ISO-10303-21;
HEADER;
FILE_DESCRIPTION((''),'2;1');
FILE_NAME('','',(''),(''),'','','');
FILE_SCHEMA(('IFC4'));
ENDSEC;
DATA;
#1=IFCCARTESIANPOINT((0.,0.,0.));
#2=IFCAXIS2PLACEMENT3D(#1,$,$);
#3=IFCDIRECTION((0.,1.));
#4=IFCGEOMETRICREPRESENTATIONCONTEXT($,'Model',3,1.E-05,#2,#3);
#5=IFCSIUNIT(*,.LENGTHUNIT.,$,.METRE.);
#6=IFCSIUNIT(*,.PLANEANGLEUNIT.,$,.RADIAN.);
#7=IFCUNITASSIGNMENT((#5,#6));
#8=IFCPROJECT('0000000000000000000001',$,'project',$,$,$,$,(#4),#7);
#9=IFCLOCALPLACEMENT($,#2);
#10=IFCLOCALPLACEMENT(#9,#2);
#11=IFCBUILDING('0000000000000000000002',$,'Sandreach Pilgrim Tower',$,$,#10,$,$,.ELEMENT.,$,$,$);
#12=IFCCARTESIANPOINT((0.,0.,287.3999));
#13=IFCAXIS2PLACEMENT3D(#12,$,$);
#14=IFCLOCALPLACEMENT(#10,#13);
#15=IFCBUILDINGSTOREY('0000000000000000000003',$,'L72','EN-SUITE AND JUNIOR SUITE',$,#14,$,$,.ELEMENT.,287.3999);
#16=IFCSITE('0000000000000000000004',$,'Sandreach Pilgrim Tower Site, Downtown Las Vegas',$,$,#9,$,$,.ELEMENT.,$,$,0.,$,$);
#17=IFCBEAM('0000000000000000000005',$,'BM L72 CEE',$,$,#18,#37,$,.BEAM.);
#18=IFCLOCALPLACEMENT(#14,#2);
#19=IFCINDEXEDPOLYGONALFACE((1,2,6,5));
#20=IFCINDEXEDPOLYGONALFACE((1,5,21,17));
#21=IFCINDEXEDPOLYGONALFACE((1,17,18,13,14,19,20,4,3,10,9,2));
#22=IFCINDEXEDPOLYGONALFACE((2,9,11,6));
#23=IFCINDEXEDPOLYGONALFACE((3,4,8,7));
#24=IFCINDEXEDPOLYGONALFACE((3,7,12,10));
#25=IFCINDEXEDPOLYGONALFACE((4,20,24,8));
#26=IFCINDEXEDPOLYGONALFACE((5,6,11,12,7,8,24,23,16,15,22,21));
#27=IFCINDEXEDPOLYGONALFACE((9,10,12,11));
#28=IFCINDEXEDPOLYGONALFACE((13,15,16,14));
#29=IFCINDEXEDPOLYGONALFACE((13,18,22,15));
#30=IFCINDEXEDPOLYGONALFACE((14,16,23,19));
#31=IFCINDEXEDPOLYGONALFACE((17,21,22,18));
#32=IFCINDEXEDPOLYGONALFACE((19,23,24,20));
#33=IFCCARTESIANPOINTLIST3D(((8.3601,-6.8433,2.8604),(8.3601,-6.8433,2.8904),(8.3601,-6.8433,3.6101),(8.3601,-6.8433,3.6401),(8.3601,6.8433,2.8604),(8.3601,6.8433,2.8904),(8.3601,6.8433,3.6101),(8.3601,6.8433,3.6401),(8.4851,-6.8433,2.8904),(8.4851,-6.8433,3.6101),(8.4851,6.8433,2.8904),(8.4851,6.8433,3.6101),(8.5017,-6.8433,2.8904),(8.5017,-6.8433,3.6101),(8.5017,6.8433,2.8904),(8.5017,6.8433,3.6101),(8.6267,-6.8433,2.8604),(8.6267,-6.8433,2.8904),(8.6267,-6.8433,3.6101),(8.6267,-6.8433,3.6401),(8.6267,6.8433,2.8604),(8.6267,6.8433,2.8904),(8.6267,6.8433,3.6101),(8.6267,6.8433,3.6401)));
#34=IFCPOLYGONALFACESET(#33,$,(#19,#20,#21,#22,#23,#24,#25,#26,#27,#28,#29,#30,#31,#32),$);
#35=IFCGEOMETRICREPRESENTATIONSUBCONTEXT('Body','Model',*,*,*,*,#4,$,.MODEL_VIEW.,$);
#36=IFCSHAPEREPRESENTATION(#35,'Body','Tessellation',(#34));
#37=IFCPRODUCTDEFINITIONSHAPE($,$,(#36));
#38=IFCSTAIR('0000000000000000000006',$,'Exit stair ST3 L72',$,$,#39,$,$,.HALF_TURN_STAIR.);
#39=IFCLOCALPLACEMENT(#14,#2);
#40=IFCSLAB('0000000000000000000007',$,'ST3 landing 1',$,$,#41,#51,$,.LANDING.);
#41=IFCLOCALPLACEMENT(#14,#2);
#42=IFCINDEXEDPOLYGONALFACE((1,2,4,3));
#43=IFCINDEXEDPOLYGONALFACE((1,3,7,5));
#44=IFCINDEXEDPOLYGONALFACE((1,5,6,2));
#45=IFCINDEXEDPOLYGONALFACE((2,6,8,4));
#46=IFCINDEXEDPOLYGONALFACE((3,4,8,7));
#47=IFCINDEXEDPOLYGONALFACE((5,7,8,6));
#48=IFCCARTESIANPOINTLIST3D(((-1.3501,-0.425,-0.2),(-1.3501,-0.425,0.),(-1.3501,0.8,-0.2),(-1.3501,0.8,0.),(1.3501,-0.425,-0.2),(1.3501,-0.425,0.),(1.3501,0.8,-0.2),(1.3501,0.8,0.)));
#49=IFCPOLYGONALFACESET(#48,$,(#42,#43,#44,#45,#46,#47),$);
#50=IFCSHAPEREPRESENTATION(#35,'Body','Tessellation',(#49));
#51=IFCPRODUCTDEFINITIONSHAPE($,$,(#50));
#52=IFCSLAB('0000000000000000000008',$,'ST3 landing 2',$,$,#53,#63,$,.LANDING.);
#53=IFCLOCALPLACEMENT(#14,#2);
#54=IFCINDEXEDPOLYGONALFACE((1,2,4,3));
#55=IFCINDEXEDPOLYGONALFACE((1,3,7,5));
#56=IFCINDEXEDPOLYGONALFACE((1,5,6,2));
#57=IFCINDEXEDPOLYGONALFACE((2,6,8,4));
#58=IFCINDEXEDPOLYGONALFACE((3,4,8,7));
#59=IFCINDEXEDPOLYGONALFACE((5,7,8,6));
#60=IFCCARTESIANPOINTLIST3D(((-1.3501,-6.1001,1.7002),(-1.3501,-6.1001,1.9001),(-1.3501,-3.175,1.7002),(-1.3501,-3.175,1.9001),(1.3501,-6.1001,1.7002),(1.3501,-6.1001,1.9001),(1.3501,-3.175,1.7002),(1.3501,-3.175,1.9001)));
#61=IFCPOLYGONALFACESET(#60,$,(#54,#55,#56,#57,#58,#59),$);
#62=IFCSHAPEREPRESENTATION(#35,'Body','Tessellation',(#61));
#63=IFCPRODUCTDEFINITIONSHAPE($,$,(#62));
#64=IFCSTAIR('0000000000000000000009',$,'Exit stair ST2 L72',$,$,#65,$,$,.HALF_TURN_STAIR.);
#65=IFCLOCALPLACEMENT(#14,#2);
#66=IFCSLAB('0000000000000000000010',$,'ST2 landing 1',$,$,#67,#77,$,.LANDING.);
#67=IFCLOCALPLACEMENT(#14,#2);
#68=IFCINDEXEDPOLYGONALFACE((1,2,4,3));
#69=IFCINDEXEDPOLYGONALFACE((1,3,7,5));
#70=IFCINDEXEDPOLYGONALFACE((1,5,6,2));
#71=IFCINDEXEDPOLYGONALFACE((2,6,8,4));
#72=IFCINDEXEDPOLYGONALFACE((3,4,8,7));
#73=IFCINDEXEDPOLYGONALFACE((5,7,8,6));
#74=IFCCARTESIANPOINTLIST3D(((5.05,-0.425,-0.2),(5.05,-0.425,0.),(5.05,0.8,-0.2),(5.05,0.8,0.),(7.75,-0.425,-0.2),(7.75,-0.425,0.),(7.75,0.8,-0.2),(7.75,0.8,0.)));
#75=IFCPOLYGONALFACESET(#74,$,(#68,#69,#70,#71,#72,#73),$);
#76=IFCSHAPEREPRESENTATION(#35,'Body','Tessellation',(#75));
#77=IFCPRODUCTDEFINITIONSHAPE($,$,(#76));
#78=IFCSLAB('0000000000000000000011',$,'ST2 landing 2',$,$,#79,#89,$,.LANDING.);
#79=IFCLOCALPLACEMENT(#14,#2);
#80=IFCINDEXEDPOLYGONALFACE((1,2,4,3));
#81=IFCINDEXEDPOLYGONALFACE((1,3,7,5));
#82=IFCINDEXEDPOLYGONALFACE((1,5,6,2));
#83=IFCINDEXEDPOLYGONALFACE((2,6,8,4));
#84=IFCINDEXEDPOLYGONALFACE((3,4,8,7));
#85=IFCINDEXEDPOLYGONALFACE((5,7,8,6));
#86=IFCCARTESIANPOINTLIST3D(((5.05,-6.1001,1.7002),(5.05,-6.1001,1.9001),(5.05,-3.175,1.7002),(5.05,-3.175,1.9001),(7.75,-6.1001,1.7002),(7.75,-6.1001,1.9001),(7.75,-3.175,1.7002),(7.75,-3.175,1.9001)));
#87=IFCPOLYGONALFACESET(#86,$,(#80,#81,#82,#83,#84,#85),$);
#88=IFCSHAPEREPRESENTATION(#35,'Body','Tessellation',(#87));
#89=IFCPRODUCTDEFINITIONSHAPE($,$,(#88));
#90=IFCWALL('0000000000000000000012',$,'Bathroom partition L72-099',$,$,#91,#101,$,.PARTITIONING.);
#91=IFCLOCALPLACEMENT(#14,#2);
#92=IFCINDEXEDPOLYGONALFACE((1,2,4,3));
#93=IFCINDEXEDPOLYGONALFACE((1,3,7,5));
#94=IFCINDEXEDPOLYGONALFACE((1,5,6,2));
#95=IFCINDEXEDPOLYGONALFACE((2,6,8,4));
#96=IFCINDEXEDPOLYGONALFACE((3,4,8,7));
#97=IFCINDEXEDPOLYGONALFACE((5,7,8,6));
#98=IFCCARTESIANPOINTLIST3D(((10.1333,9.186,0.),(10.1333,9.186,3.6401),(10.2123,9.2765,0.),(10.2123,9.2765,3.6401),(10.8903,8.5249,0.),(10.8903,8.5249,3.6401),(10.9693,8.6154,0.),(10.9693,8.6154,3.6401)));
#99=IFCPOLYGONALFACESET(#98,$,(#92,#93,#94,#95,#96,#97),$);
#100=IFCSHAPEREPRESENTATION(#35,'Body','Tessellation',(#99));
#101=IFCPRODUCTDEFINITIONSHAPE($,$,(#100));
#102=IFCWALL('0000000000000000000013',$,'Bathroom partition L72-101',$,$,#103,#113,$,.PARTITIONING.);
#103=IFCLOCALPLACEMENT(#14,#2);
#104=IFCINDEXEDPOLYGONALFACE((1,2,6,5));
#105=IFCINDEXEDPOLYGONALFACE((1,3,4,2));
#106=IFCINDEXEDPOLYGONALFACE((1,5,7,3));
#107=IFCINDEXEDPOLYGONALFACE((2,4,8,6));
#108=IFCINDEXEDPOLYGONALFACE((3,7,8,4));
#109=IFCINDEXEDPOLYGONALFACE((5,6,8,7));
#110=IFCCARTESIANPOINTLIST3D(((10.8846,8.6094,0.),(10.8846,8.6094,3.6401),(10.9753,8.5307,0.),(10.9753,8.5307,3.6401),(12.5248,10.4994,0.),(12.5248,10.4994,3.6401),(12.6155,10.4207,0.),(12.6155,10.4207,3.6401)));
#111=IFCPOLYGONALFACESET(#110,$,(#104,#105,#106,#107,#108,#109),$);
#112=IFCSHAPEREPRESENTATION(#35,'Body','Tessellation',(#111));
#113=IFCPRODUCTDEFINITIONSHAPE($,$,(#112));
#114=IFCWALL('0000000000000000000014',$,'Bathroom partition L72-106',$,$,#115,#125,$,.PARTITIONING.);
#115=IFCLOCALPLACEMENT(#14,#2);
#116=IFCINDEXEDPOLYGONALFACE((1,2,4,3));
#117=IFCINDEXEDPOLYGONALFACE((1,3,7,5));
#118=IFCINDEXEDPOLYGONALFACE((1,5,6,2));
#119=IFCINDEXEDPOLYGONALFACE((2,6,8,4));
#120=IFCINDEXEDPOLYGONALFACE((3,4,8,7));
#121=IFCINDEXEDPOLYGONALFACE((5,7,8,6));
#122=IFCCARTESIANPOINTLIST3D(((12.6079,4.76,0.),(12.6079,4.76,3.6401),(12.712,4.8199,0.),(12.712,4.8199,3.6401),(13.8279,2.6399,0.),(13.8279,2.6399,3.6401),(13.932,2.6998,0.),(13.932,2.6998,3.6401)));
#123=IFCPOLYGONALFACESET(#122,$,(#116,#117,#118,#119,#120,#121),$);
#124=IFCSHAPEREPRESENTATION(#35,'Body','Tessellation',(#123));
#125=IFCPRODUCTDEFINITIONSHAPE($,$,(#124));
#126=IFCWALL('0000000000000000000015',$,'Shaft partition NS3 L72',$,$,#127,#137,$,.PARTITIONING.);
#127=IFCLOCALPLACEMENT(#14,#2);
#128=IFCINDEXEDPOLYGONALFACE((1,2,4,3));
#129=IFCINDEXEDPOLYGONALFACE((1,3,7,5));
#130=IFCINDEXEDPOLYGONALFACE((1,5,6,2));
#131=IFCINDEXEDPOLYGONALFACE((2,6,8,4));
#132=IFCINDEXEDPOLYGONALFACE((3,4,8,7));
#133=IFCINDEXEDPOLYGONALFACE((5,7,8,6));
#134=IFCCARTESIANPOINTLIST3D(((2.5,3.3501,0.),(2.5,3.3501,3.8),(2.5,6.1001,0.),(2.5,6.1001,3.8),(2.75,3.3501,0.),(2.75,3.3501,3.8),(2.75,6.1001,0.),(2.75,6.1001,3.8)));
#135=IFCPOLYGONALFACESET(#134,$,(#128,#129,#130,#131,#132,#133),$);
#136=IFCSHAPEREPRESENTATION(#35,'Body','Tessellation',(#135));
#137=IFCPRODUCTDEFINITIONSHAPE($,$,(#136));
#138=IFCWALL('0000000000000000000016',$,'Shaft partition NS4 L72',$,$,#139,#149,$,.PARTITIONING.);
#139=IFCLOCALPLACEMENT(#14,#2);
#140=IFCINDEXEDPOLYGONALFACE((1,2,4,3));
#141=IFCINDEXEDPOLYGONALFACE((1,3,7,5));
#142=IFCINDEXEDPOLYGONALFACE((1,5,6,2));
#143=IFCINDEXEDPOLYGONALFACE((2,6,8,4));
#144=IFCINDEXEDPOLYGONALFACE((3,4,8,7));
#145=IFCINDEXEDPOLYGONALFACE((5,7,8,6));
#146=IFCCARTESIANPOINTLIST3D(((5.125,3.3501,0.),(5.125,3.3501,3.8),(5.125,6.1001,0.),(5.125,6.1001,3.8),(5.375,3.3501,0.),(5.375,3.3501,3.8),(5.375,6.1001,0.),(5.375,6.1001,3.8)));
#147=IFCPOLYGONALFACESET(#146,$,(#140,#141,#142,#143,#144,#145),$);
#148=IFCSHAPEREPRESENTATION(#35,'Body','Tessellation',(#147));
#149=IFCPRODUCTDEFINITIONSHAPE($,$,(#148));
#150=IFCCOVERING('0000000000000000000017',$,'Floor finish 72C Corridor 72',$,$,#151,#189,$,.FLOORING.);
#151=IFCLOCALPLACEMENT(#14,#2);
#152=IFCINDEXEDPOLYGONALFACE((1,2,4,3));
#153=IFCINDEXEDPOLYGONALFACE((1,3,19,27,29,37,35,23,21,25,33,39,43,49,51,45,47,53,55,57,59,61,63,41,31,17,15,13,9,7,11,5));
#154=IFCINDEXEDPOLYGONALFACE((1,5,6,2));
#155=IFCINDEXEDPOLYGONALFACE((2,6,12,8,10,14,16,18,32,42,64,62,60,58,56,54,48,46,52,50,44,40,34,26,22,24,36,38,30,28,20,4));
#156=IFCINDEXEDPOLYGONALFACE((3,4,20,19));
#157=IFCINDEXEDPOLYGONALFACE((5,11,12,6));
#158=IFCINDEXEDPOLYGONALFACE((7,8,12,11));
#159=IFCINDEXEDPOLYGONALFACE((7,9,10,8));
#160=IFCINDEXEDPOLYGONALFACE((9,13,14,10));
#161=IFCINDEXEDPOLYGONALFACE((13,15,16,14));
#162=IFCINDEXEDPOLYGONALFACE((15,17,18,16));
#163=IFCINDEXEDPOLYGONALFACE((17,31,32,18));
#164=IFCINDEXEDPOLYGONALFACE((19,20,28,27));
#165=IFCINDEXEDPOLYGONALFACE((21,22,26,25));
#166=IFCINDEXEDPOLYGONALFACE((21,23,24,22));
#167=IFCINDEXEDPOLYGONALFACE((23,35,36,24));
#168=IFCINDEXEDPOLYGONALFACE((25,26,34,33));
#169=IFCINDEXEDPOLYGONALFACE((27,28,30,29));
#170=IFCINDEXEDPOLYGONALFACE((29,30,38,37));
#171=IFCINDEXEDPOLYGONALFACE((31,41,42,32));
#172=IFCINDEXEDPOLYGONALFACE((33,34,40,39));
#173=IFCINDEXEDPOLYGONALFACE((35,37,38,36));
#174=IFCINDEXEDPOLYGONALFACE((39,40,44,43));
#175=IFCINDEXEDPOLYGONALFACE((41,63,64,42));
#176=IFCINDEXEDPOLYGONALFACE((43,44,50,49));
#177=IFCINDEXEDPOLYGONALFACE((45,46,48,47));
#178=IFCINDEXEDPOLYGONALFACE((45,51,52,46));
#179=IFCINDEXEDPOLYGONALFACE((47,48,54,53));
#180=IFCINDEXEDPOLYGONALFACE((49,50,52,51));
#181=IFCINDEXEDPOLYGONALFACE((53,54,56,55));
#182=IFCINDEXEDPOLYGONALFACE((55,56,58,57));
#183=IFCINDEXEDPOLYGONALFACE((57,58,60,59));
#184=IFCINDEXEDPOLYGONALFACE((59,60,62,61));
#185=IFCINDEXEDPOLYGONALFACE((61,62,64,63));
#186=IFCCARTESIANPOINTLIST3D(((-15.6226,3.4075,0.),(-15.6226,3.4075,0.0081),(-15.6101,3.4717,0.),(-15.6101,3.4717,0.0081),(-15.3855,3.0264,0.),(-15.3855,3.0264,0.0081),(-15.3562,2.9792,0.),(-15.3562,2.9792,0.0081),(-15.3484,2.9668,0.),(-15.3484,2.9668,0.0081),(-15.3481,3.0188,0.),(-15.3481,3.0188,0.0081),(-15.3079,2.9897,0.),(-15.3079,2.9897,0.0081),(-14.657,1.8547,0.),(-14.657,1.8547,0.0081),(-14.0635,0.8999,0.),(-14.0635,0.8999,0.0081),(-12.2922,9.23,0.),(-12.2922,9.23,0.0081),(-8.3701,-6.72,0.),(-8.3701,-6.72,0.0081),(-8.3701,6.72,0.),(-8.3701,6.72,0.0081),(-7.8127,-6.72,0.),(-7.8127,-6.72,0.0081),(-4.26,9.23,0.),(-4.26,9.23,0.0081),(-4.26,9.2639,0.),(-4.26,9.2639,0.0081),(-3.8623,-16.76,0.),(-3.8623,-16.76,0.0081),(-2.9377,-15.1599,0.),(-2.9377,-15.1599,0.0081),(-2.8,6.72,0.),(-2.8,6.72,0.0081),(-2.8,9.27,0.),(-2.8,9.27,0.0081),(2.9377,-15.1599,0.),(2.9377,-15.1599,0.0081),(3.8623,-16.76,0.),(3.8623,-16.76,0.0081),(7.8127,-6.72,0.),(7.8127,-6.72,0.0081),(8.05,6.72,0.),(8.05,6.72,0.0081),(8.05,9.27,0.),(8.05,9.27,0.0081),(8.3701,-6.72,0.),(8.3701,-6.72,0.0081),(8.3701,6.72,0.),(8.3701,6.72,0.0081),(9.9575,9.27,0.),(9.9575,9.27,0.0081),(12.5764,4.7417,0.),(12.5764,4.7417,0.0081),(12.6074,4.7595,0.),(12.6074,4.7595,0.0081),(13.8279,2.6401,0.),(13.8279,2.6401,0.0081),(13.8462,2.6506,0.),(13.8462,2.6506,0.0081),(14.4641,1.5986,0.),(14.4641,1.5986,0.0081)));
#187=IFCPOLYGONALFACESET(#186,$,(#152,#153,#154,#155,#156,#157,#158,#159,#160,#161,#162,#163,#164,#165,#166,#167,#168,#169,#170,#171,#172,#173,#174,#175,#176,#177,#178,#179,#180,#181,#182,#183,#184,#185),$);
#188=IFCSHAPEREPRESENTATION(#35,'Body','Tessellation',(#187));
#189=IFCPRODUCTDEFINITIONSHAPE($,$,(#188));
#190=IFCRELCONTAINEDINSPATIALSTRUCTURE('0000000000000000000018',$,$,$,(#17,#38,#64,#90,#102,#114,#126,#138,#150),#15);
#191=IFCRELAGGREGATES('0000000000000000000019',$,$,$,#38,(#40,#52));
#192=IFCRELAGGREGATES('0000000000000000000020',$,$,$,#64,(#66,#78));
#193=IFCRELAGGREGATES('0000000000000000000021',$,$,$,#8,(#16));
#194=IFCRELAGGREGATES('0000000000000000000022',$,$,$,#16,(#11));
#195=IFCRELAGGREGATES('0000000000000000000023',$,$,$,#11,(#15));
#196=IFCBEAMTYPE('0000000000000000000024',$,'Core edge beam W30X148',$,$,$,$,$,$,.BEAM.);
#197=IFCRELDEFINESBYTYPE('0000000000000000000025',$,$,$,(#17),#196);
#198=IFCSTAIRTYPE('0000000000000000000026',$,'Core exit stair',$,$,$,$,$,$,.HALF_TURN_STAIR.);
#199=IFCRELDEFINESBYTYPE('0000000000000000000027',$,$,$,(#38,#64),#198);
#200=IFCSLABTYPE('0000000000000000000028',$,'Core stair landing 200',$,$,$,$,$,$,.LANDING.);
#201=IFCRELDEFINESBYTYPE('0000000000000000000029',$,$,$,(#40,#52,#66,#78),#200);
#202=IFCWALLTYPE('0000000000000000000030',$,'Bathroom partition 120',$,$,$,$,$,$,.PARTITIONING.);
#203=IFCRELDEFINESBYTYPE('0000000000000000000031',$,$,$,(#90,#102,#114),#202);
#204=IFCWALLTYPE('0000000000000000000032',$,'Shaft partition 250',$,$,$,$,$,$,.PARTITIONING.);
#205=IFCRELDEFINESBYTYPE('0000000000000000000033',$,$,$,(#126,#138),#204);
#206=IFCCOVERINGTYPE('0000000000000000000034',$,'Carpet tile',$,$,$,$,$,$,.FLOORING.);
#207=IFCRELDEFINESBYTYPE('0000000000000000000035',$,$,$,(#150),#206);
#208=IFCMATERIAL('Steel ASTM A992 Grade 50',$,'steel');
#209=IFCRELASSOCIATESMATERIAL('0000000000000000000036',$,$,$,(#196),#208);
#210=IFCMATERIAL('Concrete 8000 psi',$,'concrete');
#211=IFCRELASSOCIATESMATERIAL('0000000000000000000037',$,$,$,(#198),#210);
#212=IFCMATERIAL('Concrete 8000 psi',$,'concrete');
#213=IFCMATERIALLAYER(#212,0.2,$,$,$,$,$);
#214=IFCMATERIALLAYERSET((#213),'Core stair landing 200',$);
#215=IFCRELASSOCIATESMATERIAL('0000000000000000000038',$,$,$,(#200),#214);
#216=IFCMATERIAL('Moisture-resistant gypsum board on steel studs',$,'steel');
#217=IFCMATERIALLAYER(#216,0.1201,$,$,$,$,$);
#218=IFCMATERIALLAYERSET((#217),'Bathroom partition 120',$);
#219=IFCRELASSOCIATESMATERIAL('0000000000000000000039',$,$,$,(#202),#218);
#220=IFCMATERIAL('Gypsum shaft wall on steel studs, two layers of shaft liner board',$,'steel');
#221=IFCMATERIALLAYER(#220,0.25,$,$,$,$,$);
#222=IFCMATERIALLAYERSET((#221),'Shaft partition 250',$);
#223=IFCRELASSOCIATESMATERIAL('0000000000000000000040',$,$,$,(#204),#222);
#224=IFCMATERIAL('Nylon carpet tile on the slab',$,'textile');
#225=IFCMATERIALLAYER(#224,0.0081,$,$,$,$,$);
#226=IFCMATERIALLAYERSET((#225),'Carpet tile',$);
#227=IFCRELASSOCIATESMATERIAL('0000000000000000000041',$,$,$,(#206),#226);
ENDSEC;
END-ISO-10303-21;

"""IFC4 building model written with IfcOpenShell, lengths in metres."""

from ifc_helpers import new_model, si_unit, direction, frame, frame_2d, origin, origin_2d, place, context, subcontext, project, spatial, polyline, rectangle, i_section, outline, extrude, material, layer, layer_set, material_profile, profile_set, type_object, element, aggregate, save


model = new_model("IFC4")

# Units and contexts
model_context = context("Model", 3, precision=1e-05, world=origin(), true_north=direction((0.0, 1.0)))
body_context = subcontext(model_context, "Body", "Model", "MODEL_VIEW")
ifc_project = project(units=[si_unit("LENGTHUNIT", "METRE"), si_unit("PLANEANGLEUNIT", "RADIAN")], contexts=[model_context])

# Site, building, storey
site_placement = place(None, origin())
site = spatial("IfcSite", under=ifc_project, at=site_placement, Name="Sandreach Pilgrim Tower Site, Downtown Las Vegas", CompositionType="ELEMENT", RefElevation=0.0)
building_placement = place(site_placement, origin())
building = spatial("IfcBuilding", under=site, at=building_placement, Name="Sandreach Pilgrim Tower", CompositionType="ELEMENT")
storey_placement = place(building_placement, frame((0.0, 0.0, 287.3999)))
storey = spatial("IfcBuildingStorey", under=building, at=storey_placement, Name="L72", Description="EN-SUITE AND JUNIOR SUITE", CompositionType="ELEMENT", Elevation=287.3999)

# Beam
ifc_material_1 = material(Name="Steel ASTM A992 Grade 50", Category="steel")
ifc_material_profile = material_profile(ifc_material_1, i_section(OverallWidth=0.2666, OverallDepth=0.7798, WebThickness=0.0166, FlangeThickness=0.03, at=origin_2d()), Name="W30X148")
ifc_profile_set = profile_set([ifc_material_profile], Name="Steel ASTM A992 Grade 50")
beam_type = type_object("IfcBeamType", Name="Core edge beam W30X148", PredefinedType="BEAM", material=ifc_profile_set)
beam_placement = place(storey_placement, frame((8.4934, 6.8433, 3.2502), z_axis=(0.0, -1.0, 0.0), x_axis=(1.0, 0.0, 0.0)))
element("IfcBeam", 1, at=beam_placement, inside=storey, type_object=beam_type, Name="BM L72 CEE", PredefinedType="BEAM", context=body_context, shape_type="SweptSolid", body=[
    extrude(i_section(OverallWidth=0.2666, OverallDepth=0.7798, WebThickness=0.0166, FlangeThickness=0.03, at=origin_2d()), origin(), (0.0, 0.0, 1.0), 13.6865),
])

# Stairs, slabs
ifc_material_2 = material(Name="Concrete 8000 psi", Category="concrete")
stair_type = type_object("IfcStairType", Name="Core exit stair", PredefinedType="HALF_TURN_STAIR", material=ifc_material_2)
stair_1_placement = place(storey_placement, origin())
stair_1 = element("IfcStair", 2, at=stair_1_placement, inside=storey, type_object=stair_type, Name="Exit stair ST3 L72", PredefinedType="HALF_TURN_STAIR")
ifc_material_3 = material(Name="Concrete 8000 psi", Category="concrete")
ifc_layer_1 = layer(ifc_material_3, 0.2)
ifc_layer_set_1 = layer_set([ifc_layer_1], Name="Core stair landing 200")
slab_type = type_object("IfcSlabType", Name="Core stair landing 200", PredefinedType="LANDING", material=ifc_layer_set_1)
slab_1_placement = place(storey_placement, frame((0.0, 0.0, -0.2)))
slab_1 = element("IfcSlab", 3, at=slab_1_placement, type_object=slab_type, Name="ST3 landing 1", PredefinedType="LANDING", context=body_context, shape_type="SweptSolid", body=[
    extrude(outline(polyline([(-1.3501, -0.425), (1.3501, -0.425), (1.3501, 0.8), (-1.3501, 0.8), (-1.3501, -0.425)])), origin(), (0.0, 0.0, 1.0), 0.2),
])
slab_2_placement = place(storey_placement, frame((0.0, 0.0, 1.7002)))
slab_2 = element("IfcSlab", 4, at=slab_2_placement, type_object=slab_type, Name="ST3 landing 2", PredefinedType="LANDING", context=body_context, shape_type="SweptSolid", body=[
    extrude(outline(polyline([(-1.3501, -6.1001), (1.3501, -6.1001), (1.3501, -3.175), (-1.3501, -3.175), (-1.3501, -6.1001)])), origin(), (0.0, 0.0, 1.0), 0.2),
])
aggregate(stair_1, [slab_1, slab_2])
stair_2_placement = place(storey_placement, origin())
stair_2 = element("IfcStair", 5, at=stair_2_placement, inside=storey, type_object=stair_type, Name="Exit stair ST2 L72", PredefinedType="HALF_TURN_STAIR")
slab_3_placement = place(storey_placement, frame((0.0, 0.0, -0.2)))
slab_3 = element("IfcSlab", 6, at=slab_3_placement, type_object=slab_type, Name="ST2 landing 1", PredefinedType="LANDING", context=body_context, shape_type="SweptSolid", body=[
    extrude(outline(polyline([(5.05, -0.425), (7.75, -0.425), (7.75, 0.8), (5.05, 0.8), (5.05, -0.425)])), origin(), (0.0, 0.0, 1.0), 0.2),
])
slab_4_placement = place(storey_placement, frame((0.0, 0.0, 1.7002)))
slab_4 = element("IfcSlab", 7, at=slab_4_placement, type_object=slab_type, Name="ST2 landing 2", PredefinedType="LANDING", context=body_context, shape_type="SweptSolid", body=[
    extrude(outline(polyline([(5.05, -6.1001), (7.75, -6.1001), (7.75, -3.175), (5.05, -3.175), (5.05, -6.1001)])), origin(), (0.0, 0.0, 1.0), 0.2),
])
aggregate(stair_2, [slab_3, slab_4])

# Walls
ifc_material_4 = material(Name="Moisture-resistant gypsum board on steel studs", Category="steel")
ifc_layer_2 = layer(ifc_material_4, 0.1201)
ifc_layer_set_2 = layer_set([ifc_layer_2], Name="Bathroom partition 120")
wall_type_1 = type_object("IfcWallType", Name="Bathroom partition 120", PredefinedType="PARTITIONING", material=ifc_layer_set_2)
wall_1_placement = place(storey_placement, frame((10.1729, 9.2312, 0.0), z_axis=(0.0, 0.0, 1.0), x_axis=(0.753223, -0.657765, 0.0)))
element("IfcWall", 8, at=wall_1_placement, inside=storey, type_object=wall_type_1, Name="Bathroom partition L72-099", PredefinedType="PARTITIONING", context=body_context, shape_type="SweptSolid", body=[
    extrude(rectangle(XDim=1.0051, YDim=0.1201, at=frame_2d((0.5024, 0.0))), origin(), (0.0, 0.0, 1.0), 3.6401),
])
wall_2_placement = place(storey_placement, frame((10.9299, 8.5701, 0.0), z_axis=(0.0, 0.0, 1.0), x_axis=(0.655439, 0.755248, 0.0)))
element("IfcWall", 9, at=wall_2_placement, inside=storey, type_object=wall_type_1, Name="Bathroom partition L72-101", PredefinedType="PARTITIONING", context=body_context, shape_type="SweptSolid", body=[
    extrude(rectangle(XDim=2.5024, YDim=0.1201, at=frame_2d((1.2512, 0.0))), origin(), (0.0, 0.0, 1.0), 3.6401),
])
wall_3_placement = place(storey_placement, frame((12.6599, 4.79, 0.0), z_axis=(0.0, 0.0, 1.0), x_axis=(0.498749, -0.866747, 0.0)))
element("IfcWall", 10, at=wall_3_placement, inside=storey, type_object=wall_type_1, Name="Bathroom partition L72-106", PredefinedType="PARTITIONING", context=body_context, shape_type="SweptSolid", body=[
    extrude(rectangle(XDim=2.446, YDim=0.1201, at=frame_2d((1.2231, 0.0))), origin(), (0.0, 0.0, 1.0), 3.6401),
])

# Walls
ifc_material_5 = material(Name="Gypsum shaft wall on steel studs, two layers of shaft liner board", Category="steel")
ifc_layer_3 = layer(ifc_material_5, 0.25)
ifc_layer_set_3 = layer_set([ifc_layer_3], Name="Shaft partition 250")
wall_type_2 = type_object("IfcWallType", Name="Shaft partition 250", PredefinedType="PARTITIONING", material=ifc_layer_set_3)
for number, where, z_axis, x_axis, name in (
    (11, (2.625, 3.3501, 0.0), (0.0, 0.0, 1.0), (0.0, 1.0, 0.0), "Shaft partition NS3 L72"),
    (12, (5.25, 3.3501, 0.0), (0.0, 0.0, 1.0), (0.0, 1.0, 0.0), "Shaft partition NS4 L72"),
):
    element("IfcWall", number, at=place(storey_placement, frame(where, z_axis=z_axis, x_axis=x_axis)), inside=storey, type_object=wall_type_2, Name=name, PredefinedType="PARTITIONING", context=body_context, shape_type="SweptSolid", body=[
        extrude(rectangle(XDim=2.75, YDim=0.25, at=frame_2d((1.375, 0.0))), origin(), (0.0, 0.0, 1.0), 3.8),
    ])

# Covering
ifc_material_6 = material(Name="Nylon carpet tile on the slab", Category="textile")
ifc_layer_4 = layer(ifc_material_6, 0.0081)
ifc_layer_set_4 = layer_set([ifc_layer_4], Name="Carpet tile")
covering_type_1 = type_object("IfcCoveringType", Name="Carpet tile", PredefinedType="FLOORING", material=ifc_layer_set_4)
covering_1_placement = place(storey_placement, origin())
element("IfcCovering", 13, at=covering_1_placement, inside=storey, type_object=covering_type_1, Name="Floor finish 72C Corridor 72", PredefinedType="FLOORING", context=body_context, shape_type="SweptSolid", body=[
    extrude(outline(polyline([(-15.6101, 3.4717), (-12.2922, 9.23), (-4.26, 9.23), (-4.26, 9.2639), (-2.8, 9.27), (-2.8, 6.72), (-8.3701, 6.72), (-8.3701, -6.72), (-7.8127, -6.72), (-2.9377, -15.1599), (2.9377, -15.1599), (7.8127, -6.72), (8.3701, -6.72), (8.3701, 6.72), (8.05, 6.72), (8.05, 9.27), (9.9575, 9.27), (12.5764, 4.7417), (12.6074, 4.7595), (13.8279, 2.6401), (13.8462, 2.6506), (14.4641, 1.5986), (3.8623, -16.76), (-3.8623, -16.76), (-14.0635, 0.8999), (-14.657, 1.8547), (-15.3079, 2.9897), (-15.3484, 2.9668), (-15.3562, 2.9792), (-15.3481, 3.0188), (-15.3855, 3.0264), (-15.6226, 3.4075), (-15.6101, 3.4717)])), origin(), (0.0, 0.0, 1.0), 0.0081),
])

save(model, "model.ifc")
